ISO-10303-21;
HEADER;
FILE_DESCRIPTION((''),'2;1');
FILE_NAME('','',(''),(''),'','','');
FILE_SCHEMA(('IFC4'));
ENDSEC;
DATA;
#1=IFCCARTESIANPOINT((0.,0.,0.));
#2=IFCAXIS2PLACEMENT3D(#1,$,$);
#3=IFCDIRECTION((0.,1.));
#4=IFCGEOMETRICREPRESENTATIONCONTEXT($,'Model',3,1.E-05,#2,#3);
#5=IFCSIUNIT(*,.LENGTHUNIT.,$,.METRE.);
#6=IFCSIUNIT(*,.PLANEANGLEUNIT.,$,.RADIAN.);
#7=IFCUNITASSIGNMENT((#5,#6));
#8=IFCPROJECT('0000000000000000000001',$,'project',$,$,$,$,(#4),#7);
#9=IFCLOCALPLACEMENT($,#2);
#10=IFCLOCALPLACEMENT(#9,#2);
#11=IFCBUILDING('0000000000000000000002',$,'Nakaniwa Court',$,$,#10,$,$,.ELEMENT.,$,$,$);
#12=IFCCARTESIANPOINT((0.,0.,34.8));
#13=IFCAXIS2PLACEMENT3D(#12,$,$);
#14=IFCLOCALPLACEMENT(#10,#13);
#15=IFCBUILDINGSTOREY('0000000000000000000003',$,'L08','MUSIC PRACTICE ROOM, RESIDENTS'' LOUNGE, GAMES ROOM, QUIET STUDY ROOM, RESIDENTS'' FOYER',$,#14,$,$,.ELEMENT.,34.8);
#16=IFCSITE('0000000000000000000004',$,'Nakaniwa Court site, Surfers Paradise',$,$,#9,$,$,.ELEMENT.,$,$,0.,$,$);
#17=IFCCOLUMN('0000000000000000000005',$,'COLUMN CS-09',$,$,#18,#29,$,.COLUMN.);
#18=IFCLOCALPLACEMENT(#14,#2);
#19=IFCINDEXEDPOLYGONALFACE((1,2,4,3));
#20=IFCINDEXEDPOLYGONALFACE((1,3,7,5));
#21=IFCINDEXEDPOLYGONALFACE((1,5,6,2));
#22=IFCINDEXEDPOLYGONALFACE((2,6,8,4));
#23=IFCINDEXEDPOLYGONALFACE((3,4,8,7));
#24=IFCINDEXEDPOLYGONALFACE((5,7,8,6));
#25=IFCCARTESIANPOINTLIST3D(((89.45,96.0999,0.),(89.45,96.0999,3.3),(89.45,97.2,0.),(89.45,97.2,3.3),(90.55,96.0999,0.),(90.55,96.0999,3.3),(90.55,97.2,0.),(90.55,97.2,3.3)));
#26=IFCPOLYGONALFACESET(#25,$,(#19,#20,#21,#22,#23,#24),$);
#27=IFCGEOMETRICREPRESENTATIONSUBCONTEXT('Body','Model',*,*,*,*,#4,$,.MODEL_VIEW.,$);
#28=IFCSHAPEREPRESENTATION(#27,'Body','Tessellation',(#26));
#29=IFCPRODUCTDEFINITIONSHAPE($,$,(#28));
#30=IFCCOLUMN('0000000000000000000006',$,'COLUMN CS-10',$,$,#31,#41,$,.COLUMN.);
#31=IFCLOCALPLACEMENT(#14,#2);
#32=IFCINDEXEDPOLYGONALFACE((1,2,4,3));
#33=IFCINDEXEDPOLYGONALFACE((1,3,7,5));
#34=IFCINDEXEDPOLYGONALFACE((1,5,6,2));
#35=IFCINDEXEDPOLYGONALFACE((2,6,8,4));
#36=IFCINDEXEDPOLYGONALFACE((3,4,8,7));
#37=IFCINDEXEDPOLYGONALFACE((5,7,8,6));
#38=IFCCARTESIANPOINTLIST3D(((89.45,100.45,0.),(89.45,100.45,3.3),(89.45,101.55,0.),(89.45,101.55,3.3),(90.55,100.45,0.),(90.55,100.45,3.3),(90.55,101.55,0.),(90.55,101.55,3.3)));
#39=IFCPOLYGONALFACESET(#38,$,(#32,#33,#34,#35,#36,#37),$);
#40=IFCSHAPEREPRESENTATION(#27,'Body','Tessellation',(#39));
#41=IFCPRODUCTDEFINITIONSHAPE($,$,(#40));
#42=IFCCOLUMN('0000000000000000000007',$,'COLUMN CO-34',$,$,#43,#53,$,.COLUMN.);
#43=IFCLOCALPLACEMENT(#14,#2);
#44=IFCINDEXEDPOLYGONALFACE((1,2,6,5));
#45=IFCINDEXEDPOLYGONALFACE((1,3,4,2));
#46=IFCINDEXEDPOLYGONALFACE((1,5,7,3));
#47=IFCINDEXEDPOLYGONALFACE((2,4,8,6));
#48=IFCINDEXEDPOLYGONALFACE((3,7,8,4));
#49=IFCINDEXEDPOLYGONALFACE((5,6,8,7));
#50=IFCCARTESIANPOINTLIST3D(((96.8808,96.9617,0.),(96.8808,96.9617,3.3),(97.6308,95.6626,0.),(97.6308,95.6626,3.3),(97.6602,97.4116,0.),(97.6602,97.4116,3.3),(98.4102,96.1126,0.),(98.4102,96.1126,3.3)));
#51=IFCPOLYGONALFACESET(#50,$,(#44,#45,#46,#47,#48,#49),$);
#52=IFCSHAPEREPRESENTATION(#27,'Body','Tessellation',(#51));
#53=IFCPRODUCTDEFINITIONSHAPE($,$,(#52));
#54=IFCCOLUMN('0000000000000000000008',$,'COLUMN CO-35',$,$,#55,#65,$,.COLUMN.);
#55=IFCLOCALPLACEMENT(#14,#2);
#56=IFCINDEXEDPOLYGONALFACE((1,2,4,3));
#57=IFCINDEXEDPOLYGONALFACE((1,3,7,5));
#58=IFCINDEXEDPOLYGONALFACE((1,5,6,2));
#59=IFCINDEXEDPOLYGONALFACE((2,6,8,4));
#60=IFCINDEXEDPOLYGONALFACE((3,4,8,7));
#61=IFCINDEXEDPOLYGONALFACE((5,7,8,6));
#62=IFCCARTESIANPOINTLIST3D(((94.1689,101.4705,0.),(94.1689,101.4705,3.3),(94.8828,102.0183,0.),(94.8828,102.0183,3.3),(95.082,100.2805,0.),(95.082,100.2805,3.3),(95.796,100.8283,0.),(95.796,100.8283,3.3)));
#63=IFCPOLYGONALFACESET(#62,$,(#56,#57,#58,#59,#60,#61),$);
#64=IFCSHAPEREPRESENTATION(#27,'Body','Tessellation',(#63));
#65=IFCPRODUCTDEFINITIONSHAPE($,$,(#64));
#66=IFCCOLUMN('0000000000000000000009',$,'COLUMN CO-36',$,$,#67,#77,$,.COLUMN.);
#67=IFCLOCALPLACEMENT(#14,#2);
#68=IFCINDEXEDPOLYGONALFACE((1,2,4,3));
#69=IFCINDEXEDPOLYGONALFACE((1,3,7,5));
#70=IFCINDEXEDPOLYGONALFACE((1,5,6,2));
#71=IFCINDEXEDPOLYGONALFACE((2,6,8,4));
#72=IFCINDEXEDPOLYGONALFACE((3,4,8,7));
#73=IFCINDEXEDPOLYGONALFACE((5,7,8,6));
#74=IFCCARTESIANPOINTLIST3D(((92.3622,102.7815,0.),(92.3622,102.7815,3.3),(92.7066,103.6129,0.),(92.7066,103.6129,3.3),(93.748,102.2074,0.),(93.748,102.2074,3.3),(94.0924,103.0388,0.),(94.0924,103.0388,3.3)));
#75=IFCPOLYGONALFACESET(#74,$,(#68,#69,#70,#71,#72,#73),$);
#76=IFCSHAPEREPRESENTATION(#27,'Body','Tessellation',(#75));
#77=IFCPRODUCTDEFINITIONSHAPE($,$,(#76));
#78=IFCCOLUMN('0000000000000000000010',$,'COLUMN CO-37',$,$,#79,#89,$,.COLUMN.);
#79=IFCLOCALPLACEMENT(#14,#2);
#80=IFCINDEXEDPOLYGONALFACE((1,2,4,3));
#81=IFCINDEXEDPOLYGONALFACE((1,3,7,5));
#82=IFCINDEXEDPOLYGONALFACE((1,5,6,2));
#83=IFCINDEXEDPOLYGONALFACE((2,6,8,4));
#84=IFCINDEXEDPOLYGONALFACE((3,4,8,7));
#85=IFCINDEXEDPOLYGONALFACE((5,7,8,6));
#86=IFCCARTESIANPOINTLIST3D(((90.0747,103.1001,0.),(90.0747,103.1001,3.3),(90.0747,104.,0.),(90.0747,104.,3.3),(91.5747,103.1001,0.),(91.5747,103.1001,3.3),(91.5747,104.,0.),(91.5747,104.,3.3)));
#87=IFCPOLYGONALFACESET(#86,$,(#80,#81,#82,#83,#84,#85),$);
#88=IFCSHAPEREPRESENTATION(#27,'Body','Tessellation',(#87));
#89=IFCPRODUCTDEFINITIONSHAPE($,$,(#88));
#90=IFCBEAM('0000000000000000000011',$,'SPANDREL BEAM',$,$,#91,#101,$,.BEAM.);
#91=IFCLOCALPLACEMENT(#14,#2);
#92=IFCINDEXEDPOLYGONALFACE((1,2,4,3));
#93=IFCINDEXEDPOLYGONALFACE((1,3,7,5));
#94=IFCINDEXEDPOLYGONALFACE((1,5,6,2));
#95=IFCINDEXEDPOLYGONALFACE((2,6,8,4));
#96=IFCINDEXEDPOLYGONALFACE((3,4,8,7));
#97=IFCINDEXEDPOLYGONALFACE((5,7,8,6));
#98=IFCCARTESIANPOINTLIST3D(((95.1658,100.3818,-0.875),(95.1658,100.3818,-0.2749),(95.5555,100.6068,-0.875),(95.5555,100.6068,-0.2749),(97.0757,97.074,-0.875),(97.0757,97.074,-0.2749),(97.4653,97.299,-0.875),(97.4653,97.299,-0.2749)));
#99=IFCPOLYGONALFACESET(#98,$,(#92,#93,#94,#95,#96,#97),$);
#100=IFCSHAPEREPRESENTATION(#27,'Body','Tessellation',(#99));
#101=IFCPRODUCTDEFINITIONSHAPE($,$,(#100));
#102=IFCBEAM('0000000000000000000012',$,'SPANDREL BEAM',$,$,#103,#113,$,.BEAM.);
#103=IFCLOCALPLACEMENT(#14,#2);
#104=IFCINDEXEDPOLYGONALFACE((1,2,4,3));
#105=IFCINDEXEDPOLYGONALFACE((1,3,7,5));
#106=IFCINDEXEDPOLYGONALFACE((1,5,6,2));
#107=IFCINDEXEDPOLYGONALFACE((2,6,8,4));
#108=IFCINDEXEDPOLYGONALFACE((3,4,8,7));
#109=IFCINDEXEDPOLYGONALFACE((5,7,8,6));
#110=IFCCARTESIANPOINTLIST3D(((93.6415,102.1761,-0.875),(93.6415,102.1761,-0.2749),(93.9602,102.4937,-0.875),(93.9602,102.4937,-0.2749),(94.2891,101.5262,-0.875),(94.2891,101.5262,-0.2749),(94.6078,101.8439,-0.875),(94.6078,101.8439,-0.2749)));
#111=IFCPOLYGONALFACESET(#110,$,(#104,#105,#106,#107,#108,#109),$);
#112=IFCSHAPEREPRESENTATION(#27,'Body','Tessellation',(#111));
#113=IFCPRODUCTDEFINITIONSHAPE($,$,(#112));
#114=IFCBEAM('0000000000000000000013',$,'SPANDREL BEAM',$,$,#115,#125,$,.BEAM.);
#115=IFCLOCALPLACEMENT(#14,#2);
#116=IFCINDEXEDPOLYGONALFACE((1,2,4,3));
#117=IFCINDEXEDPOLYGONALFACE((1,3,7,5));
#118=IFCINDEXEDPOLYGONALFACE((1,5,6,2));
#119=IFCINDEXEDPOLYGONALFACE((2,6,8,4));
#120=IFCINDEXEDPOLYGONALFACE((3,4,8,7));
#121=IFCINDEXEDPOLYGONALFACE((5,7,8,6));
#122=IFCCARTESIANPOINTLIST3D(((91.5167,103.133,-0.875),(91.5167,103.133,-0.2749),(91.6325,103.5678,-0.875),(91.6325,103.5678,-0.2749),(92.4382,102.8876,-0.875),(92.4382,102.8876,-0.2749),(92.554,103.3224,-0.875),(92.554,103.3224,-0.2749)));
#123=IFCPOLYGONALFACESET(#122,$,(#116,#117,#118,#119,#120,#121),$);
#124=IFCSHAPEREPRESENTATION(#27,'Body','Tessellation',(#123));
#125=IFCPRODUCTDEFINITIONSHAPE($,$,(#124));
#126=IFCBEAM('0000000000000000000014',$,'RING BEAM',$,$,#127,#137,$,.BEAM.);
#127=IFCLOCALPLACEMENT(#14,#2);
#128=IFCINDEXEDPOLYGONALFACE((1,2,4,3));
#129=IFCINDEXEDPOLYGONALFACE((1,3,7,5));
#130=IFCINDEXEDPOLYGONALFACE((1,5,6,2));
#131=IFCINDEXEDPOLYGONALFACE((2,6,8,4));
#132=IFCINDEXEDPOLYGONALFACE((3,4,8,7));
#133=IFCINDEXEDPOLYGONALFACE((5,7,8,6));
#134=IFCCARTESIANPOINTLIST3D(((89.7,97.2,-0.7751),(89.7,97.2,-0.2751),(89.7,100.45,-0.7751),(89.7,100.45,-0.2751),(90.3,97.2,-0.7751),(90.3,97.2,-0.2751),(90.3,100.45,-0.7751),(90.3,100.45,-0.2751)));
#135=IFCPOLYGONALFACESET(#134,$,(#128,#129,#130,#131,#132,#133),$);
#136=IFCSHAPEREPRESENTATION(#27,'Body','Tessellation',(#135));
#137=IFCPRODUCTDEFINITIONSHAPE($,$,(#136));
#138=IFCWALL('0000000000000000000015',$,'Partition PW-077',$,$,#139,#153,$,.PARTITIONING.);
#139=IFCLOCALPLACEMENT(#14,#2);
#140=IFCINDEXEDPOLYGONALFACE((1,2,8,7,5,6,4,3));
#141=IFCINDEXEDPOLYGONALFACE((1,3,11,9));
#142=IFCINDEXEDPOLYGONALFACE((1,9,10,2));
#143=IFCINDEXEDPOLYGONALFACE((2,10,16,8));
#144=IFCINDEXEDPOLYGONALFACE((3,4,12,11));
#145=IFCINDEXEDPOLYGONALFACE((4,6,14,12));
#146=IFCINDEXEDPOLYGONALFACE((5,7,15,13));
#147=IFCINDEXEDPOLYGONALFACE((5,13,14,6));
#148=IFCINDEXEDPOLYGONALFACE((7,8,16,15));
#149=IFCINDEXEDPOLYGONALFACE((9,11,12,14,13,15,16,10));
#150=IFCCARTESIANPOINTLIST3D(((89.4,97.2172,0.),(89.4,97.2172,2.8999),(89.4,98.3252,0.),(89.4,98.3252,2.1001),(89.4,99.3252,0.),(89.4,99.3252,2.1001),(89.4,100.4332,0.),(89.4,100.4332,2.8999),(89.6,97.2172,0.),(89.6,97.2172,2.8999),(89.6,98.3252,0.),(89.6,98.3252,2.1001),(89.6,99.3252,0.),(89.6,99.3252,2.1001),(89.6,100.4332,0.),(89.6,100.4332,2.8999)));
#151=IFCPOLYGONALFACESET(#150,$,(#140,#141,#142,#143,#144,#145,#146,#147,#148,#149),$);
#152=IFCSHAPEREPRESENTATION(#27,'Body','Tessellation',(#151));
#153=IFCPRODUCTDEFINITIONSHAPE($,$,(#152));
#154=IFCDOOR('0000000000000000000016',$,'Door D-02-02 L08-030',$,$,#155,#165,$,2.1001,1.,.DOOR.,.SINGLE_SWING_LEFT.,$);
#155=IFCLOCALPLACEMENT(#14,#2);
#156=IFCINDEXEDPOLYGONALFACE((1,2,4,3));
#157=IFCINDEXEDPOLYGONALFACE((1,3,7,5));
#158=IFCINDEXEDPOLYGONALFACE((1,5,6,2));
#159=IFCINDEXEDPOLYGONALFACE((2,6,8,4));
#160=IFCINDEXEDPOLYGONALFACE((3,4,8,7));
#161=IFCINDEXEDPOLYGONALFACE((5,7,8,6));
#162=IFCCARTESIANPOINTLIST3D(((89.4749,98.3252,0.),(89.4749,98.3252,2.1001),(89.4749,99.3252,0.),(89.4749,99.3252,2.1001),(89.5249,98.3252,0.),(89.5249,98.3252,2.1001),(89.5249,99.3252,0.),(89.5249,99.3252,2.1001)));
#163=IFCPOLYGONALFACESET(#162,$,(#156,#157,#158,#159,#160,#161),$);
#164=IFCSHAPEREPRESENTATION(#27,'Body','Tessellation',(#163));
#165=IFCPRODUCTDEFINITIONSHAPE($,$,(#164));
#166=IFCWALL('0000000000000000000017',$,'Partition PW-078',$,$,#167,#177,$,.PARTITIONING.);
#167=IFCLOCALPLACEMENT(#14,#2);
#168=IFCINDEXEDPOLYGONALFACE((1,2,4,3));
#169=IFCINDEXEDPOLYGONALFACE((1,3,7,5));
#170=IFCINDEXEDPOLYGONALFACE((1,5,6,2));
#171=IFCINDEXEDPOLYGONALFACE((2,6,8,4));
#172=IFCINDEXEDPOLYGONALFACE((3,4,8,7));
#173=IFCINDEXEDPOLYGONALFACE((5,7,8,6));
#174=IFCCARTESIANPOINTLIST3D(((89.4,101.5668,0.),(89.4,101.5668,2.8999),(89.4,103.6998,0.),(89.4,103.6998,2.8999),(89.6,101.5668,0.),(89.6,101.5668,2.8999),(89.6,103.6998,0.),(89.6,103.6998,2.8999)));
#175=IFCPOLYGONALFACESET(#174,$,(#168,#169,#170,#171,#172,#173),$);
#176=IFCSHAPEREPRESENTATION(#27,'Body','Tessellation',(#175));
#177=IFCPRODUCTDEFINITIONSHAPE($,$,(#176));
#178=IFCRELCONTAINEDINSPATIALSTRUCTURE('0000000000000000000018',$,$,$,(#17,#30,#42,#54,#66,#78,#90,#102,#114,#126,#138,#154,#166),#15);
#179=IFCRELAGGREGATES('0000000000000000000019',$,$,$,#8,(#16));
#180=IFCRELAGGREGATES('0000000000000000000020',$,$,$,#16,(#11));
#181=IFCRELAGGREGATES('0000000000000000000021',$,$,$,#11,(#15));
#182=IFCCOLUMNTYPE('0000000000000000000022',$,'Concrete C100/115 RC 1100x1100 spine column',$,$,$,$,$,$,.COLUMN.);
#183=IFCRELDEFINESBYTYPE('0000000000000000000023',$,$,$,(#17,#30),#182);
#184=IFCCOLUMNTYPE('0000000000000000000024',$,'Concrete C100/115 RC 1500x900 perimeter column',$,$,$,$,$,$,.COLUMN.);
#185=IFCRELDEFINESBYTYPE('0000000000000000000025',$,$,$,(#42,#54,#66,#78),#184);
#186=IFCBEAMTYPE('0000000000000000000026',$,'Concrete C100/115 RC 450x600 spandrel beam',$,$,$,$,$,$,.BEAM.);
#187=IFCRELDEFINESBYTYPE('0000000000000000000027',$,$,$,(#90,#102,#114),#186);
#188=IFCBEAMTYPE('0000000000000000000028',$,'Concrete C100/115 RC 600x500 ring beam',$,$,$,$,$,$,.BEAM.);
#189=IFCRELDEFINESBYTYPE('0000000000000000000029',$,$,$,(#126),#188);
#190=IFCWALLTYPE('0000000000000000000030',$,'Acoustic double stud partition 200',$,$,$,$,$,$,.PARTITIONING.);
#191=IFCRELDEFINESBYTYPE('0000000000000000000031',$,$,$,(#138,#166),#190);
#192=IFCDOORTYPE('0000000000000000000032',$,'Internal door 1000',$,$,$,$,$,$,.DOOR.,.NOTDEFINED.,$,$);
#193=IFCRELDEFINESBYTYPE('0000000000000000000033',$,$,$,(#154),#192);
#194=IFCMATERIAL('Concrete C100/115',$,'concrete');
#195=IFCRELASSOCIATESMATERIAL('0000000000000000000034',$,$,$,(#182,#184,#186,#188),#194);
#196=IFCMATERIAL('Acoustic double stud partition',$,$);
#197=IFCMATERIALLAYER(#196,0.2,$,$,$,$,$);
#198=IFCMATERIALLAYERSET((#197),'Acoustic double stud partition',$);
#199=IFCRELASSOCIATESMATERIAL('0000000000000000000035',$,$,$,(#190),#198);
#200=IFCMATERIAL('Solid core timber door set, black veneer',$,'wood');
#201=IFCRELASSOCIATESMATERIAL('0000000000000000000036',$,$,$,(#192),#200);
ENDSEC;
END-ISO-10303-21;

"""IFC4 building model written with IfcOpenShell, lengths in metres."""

from ifc_helpers import new_model, si_unit, direction, frame, frame_2d, origin, origin_2d, place, context, subcontext, project, spatial, rectangle, extrude, material, layer, layer_set, material_profile, profile_set, type_object, element, fill, save


model = new_model("IFC4")

# Units and contexts
model_context = context("Model", 3, precision=1e-05, world=origin(), true_north=direction((0.0, 1.0)))
body_context = subcontext(model_context, "Body", "Model", "MODEL_VIEW")
ifc_project = project(units=[si_unit("LENGTHUNIT", "METRE"), si_unit("PLANEANGLEUNIT", "RADIAN")], contexts=[model_context])

# Site, building, storey
site_placement = place(None, origin())
site = spatial("IfcSite", under=ifc_project, at=site_placement, Name="Nakaniwa Court site, Surfers Paradise", CompositionType="ELEMENT", RefElevation=0.0)
building_placement = place(site_placement, origin())
building = spatial("IfcBuilding", under=site, at=building_placement, Name="Nakaniwa Court", CompositionType="ELEMENT")
storey_placement = place(building_placement, frame((0.0, 0.0, 34.8)))
storey = spatial("IfcBuildingStorey", under=building, at=storey_placement, Name="L08", Description="MUSIC PRACTICE ROOM, RESIDENTS' LOUNGE, GAMES ROOM, QUIET STUDY ROOM, RESIDENTS' FOYER", CompositionType="ELEMENT", Elevation=34.8)

# Columns
ifc_material_1 = material(Name="Concrete C100/115", Category="concrete")
ifc_material_profile_1 = material_profile(ifc_material_1, rectangle(XDim=1.1001, YDim=1.1001, at=origin_2d()), Name="Concrete C100/115 RC 1100x1100 spine column")
ifc_profile_set_1 = profile_set([ifc_material_profile_1], Name="Concrete C100/115")
column_type_1 = type_object("IfcColumnType", Name="Concrete C100/115 RC 1100x1100 spine column", PredefinedType="COLUMN", material=ifc_profile_set_1)
for number, where, z_axis, x_axis, name in (
    (1, (90.0, 96.6499, 0.0), (0.0, 0.0, 1.0), (0.0, 1.0, 0.0), "COLUMN CS-09"),
    (2, (90.0, 101.0, 0.0), (0.0, 0.0, 1.0), (0.0, 1.0, 0.0), "COLUMN CS-10"),
):
    element("IfcColumn", number, at=place(storey_placement, frame(where, z_axis=z_axis, x_axis=x_axis)), inside=storey, type_object=column_type_1, Name=name, PredefinedType="COLUMN", context=body_context, shape_type="SweptSolid", body=[
        extrude(rectangle(XDim=1.1001, YDim=1.1001, at=origin_2d()), origin(), (0.0, 0.0, 1.0), 3.3),
    ])
ifc_material_profile_2 = material_profile(ifc_material_1, rectangle(XDim=1.5, YDim=0.8999, at=origin_2d()), Name="Concrete C100/115 RC 1500x900 perimeter column")
ifc_profile_set_2 = profile_set([ifc_material_profile_2], Name="Concrete C100/115")
column_type_2 = type_object("IfcColumnType", Name="Concrete C100/115 RC 1500x900 perimeter column", PredefinedType="COLUMN", material=ifc_profile_set_2)
for number, where, z_axis, x_axis, name in (
    (3, (97.6455, 96.5371, 0.0), (0.0, 0.0, 1.0), (-0.5, 0.866025, 0.0), "COLUMN CO-34"),
    (4, (94.9824, 101.1494, 0.0), (0.0, 0.0, 1.0), (-0.608761, 0.793353, 0.0), "COLUMN CO-35"),
    (5, (93.2273, 102.9102, 0.0), (0.0, 0.0, 1.0), (-0.92388, 0.382683, 0.0), "COLUMN CO-36"),
    (6, (90.8247, 103.55, 0.0), (0.0, 0.0, 1.0), (-1.0, 0.0, 0.0), "COLUMN CO-37"),
):
    element("IfcColumn", number, at=place(storey_placement, frame(where, z_axis=z_axis, x_axis=x_axis)), inside=storey, type_object=column_type_2, Name=name, PredefinedType="COLUMN", context=body_context, shape_type="SweptSolid", body=[
        extrude(rectangle(XDim=1.5, YDim=0.8999, at=origin_2d()), origin(), (0.0, 0.0, 1.0), 3.3),
    ])

# Beams
ifc_material_profile_3 = material_profile(ifc_material_1, rectangle(XDim=0.45, YDim=0.6001, at=origin_2d()), Name="Concrete C100/115 RC 450x600 spandrel beam")
ifc_profile_set_3 = profile_set([ifc_material_profile_3], Name="Concrete C100/115")
beam_type_1 = type_object("IfcBeamType", Name="Concrete C100/115 RC 450x600 spandrel beam", PredefinedType="BEAM", material=ifc_profile_set_3)
beam_1_placement = place(storey_placement, frame((97.2705, 97.1865, -0.575), z_axis=(-0.500023, 0.866012, 0.0), x_axis=(-0.866012, -0.500023, 0.0)))
element("IfcBeam", 7, at=beam_1_placement, inside=storey, type_object=beam_type_1, Name="SPANDREL BEAM", PredefinedType="BEAM", context=body_context, shape_type="SweptSolid", body=[
    extrude(rectangle(XDim=0.45, YDim=0.6001, at=origin_2d()), origin(), (0.0, 0.0, 1.0), 3.8196),
])
beam_2_placement = place(storey_placement, frame((94.4485, 101.6851, -0.575), z_axis=(-0.705908, 0.708303, 0.0), x_axis=(-0.708303, -0.705908, 0.0)))
element("IfcBeam", 8, at=beam_2_placement, inside=storey, type_object=beam_type_1, Name="SPANDREL BEAM", PredefinedType="BEAM", context=body_context, shape_type="SweptSolid", body=[
    extrude(rectangle(XDim=0.45, YDim=0.6001, at=origin_2d()), origin(), (0.0, 0.0, 1.0), 0.9175),
])
beam_3_placement = place(storey_placement, frame((92.4961, 103.105, -0.575), z_axis=(-0.966324, 0.257328, 0.0), x_axis=(-0.257328, -0.966324, 0.0)))
element("IfcBeam", 9, at=beam_3_placement, inside=storey, type_object=beam_type_1, Name="SPANDREL BEAM", PredefinedType="BEAM", context=body_context, shape_type="SweptSolid", body=[
    extrude(rectangle(XDim=0.45, YDim=0.6001, at=origin_2d()), origin(), (0.0, 0.0, 1.0), 0.9536),
])
ifc_material_profile_4 = material_profile(ifc_material_1, rectangle(XDim=0.6001, YDim=0.5, at=origin_2d()), Name="Concrete C100/115 RC 600x500 ring beam")
ifc_profile_set_4 = profile_set([ifc_material_profile_4], Name="Concrete C100/115")
beam_type_2 = type_object("IfcBeamType", Name="Concrete C100/115 RC 600x500 ring beam", PredefinedType="BEAM", material=ifc_profile_set_4)
beam_4_placement = place(storey_placement, frame((90.0, 97.2, -0.5251), z_axis=(0.0, 1.0, 0.0), x_axis=(-1.0, 0.0, 0.0)))
element("IfcBeam", 10, at=beam_4_placement, inside=storey, type_object=beam_type_2, Name="RING BEAM", PredefinedType="BEAM", context=body_context, shape_type="SweptSolid", body=[
    extrude(rectangle(XDim=0.6001, YDim=0.5, at=origin_2d()), origin(), (0.0, 0.0, 1.0), 3.25),
])

# Wall, opening, door
ifc_material_2 = material(Name="Acoustic double stud partition")
ifc_layer_1 = layer(ifc_material_2, 0.2)
ifc_layer_set_1 = layer_set([ifc_layer_1], Name="Acoustic double stud partition")
wall_type_1 = type_object("IfcWallType", Name="Acoustic double stud partition 200", PredefinedType="PARTITIONING", material=ifc_layer_set_1)
wall_1_placement = place(storey_placement, frame((89.5, 100.4331, 0.0), z_axis=(0.0, 0.0, 1.0), x_axis=(0.0, -1.0, 0.0)))
wall_1 = element("IfcWall", 11, at=wall_1_placement, inside=storey, type_object=wall_type_1, Name="Partition PW-077", PredefinedType="PARTITIONING", context=body_context, shape_type="SweptSolid", body=[
    extrude(rectangle(XDim=3.2161, YDim=0.2, at=frame_2d((1.6079, 0.0))), origin(), (0.0, 0.0, 1.0), 2.8999),
])
opening_1_placement = place(wall_1_placement, frame((1.1079, 0.0, 0.0)))
opening_1 = element("IfcOpeningElement", 12, at=opening_1_placement, cuts=wall_1, PredefinedType="OPENING", context=body_context, shape_type="SweptSolid", body=[
    extrude(rectangle(XDim=1.0, YDim=2.1001, at=frame_2d((0.5, 1.05))), frame((0.0, 0.1099, 0.0), z_axis=(0.0, -1.0, 0.0), x_axis=(1.0, 0.0, 0.0)), (0.0, 0.0, 1.0), 0.22),
])
ifc_material_3 = material(Name="Solid core timber door set, black veneer", Category="wood")
door_type_1 = type_object("IfcDoorType", Name="Internal door 1000", OperationType="NOTDEFINED", PredefinedType="DOOR", material=ifc_material_3)
door_1_placement = place(opening_1_placement, origin())
door_1 = element("IfcDoor", 13, at=door_1_placement, inside=storey, type_object=door_type_1, Name="Door D-02-02 L08-030", OperationType="SINGLE_SWING_LEFT", OverallHeight=2.1001, OverallWidth=1.0, PredefinedType="DOOR", context=body_context, shape_type="SweptSolid", body=[
    extrude(rectangle(XDim=1.0, YDim=2.1001, at=frame_2d((0.5, 1.05))), frame((0.0, 0.0249, 0.0), z_axis=(0.0, -1.0, 0.0), x_axis=(1.0, 0.0, 0.0)), (0.0, 0.0, 1.0), 0.05),
])
fill(opening_1, door_1)

# Wall
wall_2_placement = place(storey_placement, frame((89.5, 101.5669, 0.0), z_axis=(0.0, 0.0, 1.0), x_axis=(0.0, 1.0, 0.0)))
element("IfcWall", 14, at=wall_2_placement, inside=storey, type_object=wall_type_1, Name="Partition PW-078", PredefinedType="PARTITIONING", context=body_context, shape_type="SweptSolid", body=[
    extrude(rectangle(XDim=2.1331, YDim=0.2, at=frame_2d((1.0664, 0.0))), origin(), (0.0, 0.0, 1.0), 2.8999),
])

save(model, "model.ifc")
